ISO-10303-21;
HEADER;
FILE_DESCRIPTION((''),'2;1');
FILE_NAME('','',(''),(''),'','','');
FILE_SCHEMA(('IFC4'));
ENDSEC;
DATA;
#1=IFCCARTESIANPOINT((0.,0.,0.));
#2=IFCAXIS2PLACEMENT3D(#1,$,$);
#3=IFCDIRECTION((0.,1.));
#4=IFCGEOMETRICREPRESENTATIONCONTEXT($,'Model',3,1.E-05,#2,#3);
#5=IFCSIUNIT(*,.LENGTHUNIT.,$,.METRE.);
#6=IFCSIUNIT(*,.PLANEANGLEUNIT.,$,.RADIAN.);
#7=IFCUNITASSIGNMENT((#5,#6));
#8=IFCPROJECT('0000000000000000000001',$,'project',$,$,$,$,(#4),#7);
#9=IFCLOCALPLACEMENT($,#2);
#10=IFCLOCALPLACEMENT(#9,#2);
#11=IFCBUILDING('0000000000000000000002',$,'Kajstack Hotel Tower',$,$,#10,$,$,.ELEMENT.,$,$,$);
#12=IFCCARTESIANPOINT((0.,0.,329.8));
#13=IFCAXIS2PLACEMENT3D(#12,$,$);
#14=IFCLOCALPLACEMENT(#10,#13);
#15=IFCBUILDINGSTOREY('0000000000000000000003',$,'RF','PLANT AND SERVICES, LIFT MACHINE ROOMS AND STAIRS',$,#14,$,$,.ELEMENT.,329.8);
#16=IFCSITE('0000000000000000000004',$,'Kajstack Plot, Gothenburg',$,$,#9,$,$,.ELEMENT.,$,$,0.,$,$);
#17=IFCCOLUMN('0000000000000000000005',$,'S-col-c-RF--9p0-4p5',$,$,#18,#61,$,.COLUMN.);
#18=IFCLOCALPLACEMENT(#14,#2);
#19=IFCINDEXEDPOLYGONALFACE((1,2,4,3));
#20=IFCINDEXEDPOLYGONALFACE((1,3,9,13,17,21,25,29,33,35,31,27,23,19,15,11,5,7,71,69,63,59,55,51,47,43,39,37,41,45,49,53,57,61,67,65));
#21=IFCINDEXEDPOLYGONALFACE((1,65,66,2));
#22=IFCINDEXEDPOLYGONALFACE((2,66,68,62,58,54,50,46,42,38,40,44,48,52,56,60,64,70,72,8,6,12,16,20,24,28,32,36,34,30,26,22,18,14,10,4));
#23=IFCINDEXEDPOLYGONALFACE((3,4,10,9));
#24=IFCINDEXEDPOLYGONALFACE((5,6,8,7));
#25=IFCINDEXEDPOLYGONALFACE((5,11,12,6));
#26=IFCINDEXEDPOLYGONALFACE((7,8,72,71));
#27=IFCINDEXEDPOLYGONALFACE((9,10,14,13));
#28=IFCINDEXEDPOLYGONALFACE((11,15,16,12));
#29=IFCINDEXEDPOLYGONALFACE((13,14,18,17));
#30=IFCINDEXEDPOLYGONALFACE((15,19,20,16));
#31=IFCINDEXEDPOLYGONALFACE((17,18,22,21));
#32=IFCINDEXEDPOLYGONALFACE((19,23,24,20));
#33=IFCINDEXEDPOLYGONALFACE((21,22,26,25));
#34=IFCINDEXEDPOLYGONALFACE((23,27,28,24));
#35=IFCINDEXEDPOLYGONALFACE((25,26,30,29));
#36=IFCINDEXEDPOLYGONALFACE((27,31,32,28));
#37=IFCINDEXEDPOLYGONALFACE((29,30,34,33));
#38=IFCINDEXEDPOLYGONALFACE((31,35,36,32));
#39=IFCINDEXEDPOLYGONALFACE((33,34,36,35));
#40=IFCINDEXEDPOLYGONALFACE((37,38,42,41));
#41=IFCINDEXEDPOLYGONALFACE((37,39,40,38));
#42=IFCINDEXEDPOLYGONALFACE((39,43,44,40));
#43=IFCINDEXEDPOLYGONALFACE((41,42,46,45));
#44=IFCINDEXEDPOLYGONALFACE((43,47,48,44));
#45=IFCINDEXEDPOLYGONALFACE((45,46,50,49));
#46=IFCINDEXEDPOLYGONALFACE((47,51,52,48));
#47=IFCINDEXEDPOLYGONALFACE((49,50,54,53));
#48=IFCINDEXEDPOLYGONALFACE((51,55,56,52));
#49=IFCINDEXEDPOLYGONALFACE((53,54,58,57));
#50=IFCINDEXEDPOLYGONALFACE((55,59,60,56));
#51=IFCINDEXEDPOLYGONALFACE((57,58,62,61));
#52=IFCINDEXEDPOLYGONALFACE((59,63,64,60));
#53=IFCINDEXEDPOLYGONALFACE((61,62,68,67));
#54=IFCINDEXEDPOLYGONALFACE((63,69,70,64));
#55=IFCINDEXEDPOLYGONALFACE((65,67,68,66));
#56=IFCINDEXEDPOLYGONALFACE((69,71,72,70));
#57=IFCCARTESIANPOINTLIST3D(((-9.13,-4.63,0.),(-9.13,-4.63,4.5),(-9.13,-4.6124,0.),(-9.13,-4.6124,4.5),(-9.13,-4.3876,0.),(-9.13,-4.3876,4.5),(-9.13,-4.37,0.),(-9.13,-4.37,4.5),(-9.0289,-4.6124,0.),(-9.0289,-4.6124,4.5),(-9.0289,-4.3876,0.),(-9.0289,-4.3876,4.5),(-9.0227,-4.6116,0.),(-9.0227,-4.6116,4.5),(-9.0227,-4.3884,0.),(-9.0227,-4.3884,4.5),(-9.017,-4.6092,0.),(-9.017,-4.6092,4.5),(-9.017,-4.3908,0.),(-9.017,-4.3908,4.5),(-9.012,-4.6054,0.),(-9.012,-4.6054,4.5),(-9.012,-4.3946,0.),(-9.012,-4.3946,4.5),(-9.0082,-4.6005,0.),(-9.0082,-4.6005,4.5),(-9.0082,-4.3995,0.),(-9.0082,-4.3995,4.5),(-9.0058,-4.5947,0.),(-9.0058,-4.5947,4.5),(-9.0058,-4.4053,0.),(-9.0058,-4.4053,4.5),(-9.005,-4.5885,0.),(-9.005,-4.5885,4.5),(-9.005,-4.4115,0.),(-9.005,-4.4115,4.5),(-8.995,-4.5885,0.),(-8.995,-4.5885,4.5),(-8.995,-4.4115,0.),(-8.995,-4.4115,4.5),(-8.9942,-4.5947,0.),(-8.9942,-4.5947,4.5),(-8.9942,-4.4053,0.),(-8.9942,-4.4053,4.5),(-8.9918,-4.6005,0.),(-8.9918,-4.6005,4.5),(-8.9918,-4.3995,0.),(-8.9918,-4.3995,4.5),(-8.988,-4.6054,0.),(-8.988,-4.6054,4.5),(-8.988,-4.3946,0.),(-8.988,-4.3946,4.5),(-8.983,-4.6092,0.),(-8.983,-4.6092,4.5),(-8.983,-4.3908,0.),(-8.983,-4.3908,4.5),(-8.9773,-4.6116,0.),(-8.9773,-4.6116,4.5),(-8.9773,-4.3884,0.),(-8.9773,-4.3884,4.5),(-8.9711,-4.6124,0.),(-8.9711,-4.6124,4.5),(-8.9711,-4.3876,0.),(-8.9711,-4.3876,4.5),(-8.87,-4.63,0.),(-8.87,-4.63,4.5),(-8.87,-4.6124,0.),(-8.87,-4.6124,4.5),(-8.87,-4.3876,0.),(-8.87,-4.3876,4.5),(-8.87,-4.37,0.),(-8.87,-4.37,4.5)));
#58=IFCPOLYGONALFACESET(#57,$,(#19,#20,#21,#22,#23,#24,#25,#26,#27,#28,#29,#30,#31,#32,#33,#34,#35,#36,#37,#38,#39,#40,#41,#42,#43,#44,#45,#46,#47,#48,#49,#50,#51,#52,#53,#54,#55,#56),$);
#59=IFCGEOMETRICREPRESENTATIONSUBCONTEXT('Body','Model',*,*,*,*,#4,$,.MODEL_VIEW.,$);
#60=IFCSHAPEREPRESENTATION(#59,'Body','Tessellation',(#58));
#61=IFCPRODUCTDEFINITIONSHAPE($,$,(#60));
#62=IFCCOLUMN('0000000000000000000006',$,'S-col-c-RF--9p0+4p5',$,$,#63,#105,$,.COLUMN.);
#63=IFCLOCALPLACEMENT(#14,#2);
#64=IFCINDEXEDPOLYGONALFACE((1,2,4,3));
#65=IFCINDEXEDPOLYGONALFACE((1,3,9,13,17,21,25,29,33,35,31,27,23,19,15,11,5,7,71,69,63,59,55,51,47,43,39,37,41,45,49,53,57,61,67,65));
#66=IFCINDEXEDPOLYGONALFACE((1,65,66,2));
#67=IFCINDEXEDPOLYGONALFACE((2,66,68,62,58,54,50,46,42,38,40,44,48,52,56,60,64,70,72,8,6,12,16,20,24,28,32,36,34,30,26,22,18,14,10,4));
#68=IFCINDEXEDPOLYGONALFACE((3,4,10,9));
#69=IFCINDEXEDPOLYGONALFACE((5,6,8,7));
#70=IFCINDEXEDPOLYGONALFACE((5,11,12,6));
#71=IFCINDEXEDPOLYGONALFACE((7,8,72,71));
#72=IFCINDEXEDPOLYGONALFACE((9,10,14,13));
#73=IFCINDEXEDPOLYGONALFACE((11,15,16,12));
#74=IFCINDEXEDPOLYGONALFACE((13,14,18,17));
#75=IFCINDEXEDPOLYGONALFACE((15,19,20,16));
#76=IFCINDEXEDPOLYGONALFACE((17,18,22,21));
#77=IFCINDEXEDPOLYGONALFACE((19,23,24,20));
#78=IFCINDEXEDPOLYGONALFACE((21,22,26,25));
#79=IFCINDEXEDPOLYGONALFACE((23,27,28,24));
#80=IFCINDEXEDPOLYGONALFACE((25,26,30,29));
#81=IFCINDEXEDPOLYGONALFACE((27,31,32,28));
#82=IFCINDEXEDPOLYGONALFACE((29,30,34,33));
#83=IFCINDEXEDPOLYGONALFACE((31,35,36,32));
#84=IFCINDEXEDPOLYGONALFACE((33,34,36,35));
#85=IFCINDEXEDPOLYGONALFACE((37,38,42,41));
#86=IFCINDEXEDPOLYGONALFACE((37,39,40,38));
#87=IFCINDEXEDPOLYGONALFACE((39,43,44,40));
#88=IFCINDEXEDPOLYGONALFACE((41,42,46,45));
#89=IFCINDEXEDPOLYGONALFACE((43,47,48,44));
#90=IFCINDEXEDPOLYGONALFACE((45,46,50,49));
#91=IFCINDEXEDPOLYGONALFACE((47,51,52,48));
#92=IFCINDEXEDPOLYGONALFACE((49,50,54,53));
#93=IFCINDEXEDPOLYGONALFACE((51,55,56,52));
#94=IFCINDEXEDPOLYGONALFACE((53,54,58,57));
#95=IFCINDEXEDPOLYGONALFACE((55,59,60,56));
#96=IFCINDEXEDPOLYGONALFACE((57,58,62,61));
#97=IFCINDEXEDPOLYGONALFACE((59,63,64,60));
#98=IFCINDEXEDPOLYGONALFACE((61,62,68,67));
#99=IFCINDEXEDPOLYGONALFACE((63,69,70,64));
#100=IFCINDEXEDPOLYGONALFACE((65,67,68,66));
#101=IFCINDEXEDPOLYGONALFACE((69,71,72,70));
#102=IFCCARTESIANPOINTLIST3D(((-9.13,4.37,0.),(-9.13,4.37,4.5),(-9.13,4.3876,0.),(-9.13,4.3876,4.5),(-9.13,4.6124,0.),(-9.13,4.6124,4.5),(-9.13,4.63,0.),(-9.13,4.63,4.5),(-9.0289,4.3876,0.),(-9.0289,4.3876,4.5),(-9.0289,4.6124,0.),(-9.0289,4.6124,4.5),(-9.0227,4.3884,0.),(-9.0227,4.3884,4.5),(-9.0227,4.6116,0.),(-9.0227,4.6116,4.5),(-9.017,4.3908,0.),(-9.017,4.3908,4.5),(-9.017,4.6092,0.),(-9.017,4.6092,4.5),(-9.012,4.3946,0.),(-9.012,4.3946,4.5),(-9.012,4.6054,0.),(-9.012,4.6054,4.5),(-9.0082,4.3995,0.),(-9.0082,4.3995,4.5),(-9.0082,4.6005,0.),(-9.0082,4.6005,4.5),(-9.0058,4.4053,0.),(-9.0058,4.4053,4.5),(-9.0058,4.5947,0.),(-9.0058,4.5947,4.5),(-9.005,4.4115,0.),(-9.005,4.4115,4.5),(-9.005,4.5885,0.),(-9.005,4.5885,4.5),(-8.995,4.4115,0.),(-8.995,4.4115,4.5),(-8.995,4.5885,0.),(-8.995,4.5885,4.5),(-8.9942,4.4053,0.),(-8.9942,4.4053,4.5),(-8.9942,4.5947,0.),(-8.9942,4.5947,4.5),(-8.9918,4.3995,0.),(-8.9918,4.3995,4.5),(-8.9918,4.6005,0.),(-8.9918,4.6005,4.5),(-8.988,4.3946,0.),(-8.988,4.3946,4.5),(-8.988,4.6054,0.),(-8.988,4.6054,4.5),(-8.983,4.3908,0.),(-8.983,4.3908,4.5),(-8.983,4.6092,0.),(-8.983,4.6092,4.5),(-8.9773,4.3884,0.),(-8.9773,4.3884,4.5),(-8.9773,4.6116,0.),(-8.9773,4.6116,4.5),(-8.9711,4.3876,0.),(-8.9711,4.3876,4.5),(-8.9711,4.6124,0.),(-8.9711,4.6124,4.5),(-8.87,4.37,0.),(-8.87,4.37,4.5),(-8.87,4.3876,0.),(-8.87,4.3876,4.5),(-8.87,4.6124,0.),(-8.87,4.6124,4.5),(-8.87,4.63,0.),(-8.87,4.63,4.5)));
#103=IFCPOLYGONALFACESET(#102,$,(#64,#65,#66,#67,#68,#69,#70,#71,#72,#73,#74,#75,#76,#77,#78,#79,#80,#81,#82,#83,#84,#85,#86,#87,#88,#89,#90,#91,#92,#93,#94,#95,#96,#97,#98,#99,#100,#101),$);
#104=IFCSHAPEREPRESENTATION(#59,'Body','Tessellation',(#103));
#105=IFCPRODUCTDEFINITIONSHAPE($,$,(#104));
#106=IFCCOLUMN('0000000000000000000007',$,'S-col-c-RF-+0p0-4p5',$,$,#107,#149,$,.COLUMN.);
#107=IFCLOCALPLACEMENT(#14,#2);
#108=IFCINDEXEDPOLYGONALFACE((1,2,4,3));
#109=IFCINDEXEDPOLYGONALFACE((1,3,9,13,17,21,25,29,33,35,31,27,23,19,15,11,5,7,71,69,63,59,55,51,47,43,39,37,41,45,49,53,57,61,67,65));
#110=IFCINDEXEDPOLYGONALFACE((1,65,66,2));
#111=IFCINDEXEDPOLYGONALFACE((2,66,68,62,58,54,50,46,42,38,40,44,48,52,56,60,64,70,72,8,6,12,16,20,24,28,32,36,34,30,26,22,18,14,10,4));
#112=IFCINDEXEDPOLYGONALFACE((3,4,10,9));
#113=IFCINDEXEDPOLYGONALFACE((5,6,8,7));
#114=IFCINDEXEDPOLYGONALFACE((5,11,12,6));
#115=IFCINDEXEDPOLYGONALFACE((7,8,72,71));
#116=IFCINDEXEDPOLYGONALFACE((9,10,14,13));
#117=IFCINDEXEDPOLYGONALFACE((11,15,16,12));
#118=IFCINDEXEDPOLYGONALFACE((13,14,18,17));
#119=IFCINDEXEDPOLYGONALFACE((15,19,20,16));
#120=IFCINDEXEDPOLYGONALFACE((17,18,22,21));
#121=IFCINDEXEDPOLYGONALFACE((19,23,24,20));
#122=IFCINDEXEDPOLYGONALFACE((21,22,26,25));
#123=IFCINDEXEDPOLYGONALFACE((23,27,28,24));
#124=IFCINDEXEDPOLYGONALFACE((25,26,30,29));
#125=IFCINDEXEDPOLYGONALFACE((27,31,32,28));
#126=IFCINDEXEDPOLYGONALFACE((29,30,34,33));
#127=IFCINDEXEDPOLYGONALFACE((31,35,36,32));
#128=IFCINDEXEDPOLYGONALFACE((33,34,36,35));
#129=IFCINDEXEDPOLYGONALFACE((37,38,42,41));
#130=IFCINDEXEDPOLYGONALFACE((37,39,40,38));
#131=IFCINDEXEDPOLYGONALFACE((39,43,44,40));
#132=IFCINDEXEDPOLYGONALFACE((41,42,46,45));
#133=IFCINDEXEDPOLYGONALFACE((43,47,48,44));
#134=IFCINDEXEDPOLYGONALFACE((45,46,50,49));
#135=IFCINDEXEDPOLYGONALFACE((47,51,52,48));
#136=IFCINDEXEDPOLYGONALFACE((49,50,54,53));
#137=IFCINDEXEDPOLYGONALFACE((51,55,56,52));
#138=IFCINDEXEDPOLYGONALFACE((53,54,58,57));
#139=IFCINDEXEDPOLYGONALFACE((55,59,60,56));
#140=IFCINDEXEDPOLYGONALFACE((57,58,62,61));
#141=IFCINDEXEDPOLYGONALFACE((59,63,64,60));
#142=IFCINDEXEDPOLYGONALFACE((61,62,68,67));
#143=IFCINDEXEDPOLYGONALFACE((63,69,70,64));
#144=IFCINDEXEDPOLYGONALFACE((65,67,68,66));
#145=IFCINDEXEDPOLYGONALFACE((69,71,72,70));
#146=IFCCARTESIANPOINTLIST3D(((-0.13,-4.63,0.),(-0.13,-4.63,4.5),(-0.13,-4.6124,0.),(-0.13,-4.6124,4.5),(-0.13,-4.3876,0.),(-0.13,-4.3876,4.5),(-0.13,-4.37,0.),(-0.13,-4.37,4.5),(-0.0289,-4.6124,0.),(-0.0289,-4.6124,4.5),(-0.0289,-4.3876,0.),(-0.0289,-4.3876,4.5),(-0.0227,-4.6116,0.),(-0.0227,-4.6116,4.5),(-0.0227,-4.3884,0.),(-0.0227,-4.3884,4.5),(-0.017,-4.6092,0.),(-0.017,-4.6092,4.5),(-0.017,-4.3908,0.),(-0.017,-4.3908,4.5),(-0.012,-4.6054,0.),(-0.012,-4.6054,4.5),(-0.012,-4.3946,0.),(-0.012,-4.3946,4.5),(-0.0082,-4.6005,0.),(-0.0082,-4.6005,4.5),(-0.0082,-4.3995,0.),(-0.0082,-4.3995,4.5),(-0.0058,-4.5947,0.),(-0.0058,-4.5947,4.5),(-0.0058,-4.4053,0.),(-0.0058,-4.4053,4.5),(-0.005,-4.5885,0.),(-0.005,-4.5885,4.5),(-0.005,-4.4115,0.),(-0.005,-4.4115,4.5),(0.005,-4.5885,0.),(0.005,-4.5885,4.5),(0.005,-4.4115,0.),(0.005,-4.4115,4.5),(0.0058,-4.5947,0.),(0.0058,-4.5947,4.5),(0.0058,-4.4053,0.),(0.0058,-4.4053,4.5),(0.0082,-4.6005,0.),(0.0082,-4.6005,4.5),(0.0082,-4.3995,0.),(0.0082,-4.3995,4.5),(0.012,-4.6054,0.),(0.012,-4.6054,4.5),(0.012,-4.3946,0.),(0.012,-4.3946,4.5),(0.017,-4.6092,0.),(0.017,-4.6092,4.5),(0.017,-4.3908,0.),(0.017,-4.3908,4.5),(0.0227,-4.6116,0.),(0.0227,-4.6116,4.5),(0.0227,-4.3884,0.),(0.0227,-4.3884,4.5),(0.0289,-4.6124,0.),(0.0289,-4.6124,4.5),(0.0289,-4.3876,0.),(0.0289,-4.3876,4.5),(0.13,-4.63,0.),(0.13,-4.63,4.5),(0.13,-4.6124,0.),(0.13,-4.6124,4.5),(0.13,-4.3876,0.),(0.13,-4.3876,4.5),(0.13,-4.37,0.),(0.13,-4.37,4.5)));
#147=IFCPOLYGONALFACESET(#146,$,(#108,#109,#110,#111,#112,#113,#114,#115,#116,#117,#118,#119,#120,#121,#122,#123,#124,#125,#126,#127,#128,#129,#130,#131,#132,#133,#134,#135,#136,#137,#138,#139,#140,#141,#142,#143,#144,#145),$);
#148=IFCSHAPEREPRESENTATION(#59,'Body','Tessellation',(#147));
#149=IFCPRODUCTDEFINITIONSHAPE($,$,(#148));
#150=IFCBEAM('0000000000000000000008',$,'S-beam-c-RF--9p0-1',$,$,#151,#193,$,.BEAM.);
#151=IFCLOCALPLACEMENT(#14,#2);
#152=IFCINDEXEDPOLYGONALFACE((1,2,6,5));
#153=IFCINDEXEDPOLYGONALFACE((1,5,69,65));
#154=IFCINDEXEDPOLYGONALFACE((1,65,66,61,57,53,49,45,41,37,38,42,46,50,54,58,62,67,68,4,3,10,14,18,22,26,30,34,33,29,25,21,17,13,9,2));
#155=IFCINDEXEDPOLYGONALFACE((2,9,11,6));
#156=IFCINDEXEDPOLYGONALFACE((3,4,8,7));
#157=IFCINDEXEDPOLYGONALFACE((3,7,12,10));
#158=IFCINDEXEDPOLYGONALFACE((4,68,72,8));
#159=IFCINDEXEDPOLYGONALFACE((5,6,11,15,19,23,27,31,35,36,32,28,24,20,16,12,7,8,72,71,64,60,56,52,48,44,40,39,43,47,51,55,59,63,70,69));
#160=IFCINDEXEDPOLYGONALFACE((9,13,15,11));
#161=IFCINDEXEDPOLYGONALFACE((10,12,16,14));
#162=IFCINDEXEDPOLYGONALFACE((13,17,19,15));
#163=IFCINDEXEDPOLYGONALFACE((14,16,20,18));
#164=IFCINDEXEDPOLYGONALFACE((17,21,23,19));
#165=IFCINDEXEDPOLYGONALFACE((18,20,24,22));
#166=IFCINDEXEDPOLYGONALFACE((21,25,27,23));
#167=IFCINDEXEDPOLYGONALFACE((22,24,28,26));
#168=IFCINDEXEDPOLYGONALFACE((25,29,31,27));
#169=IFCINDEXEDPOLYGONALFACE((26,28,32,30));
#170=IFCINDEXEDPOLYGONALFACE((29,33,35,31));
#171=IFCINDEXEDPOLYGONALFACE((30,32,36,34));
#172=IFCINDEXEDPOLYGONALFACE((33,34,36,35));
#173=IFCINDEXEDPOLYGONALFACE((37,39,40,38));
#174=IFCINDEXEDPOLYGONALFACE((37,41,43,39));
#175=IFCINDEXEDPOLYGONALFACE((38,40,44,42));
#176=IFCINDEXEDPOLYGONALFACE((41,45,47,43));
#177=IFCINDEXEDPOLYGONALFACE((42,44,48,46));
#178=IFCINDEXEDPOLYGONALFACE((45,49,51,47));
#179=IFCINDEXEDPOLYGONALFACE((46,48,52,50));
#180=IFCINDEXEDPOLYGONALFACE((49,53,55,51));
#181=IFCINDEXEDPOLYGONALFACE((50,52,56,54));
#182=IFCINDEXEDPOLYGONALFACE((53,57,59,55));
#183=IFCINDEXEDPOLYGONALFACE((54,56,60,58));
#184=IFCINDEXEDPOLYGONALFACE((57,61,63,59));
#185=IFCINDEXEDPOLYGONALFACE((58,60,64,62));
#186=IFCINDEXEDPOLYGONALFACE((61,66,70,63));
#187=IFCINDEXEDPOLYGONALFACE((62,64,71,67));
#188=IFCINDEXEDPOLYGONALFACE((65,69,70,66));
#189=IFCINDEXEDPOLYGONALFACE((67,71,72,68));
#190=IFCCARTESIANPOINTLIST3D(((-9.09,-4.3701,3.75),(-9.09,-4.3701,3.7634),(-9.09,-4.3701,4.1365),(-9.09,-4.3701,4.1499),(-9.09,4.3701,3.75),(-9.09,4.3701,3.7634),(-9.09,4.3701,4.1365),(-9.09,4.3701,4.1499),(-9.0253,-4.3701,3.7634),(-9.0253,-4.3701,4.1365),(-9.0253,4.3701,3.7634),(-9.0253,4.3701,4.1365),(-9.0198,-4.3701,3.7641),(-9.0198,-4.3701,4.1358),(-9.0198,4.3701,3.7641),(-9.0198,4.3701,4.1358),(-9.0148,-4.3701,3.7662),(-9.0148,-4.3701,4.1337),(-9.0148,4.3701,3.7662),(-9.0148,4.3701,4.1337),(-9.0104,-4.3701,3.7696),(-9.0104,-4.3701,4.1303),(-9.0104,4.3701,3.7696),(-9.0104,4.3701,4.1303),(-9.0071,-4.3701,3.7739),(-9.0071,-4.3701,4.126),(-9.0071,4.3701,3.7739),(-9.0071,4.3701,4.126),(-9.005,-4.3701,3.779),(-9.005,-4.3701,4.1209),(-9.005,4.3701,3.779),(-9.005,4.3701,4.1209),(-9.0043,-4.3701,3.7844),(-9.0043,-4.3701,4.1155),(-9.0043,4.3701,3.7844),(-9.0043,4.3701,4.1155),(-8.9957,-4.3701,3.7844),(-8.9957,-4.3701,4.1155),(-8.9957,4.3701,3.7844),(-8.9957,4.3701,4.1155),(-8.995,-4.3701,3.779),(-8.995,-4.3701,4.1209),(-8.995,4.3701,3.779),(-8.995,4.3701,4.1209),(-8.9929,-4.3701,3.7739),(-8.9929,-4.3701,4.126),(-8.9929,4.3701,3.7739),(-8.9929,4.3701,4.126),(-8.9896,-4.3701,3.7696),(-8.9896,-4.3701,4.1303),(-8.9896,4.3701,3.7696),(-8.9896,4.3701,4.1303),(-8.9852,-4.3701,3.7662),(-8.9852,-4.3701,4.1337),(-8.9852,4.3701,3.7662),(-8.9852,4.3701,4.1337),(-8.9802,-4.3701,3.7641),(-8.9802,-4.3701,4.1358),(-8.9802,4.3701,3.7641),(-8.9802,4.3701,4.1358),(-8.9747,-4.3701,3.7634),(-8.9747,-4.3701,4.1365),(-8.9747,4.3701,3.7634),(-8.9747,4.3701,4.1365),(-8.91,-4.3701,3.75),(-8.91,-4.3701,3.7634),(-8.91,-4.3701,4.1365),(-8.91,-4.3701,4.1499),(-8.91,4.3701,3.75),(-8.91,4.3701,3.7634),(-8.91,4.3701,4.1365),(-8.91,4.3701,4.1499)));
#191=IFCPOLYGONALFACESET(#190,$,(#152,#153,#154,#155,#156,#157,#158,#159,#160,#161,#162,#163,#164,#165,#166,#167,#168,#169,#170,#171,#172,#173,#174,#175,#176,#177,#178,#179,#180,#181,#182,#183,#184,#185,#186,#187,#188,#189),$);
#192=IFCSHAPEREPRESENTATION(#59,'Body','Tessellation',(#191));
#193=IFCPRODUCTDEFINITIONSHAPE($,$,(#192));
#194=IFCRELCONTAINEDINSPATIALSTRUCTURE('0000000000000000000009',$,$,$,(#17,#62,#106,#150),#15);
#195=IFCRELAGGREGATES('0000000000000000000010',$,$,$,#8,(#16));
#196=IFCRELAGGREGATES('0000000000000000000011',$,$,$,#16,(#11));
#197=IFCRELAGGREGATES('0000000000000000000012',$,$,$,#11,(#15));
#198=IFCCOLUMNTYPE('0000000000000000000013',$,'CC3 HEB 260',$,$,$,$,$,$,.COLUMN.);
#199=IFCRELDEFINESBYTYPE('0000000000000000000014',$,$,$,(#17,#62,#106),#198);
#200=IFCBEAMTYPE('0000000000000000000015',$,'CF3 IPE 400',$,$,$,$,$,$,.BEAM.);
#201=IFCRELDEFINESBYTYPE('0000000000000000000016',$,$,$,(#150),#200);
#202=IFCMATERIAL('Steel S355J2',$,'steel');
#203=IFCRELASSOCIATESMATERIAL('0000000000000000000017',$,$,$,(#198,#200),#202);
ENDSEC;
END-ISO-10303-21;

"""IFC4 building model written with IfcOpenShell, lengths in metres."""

from ifc_helpers import new_model, si_unit, direction, frame, origin, origin_2d, place, context, subcontext, project, spatial, i_section, extrude, material, material_profile, profile_set, type_object, element, save


model = new_model("IFC4")

# Units and contexts
model_context = context("Model", 3, precision=1e-05, world=origin(), true_north=direction((0.0, 1.0)))
body_context = subcontext(model_context, "Body", "Model", "MODEL_VIEW")
ifc_project = project(units=[si_unit("LENGTHUNIT", "METRE"), si_unit("PLANEANGLEUNIT", "RADIAN")], contexts=[model_context])

# Site, building, storey
site_placement = place(None, origin())
site = spatial("IfcSite", under=ifc_project, at=site_placement, Name="Kajstack Plot, Gothenburg", CompositionType="ELEMENT", RefElevation=0.0)
building_placement = place(site_placement, origin())
building = spatial("IfcBuilding", under=site, at=building_placement, Name="Kajstack Hotel Tower", CompositionType="ELEMENT")
storey_placement = place(building_placement, frame((0.0, 0.0, 329.8)))
storey = spatial("IfcBuildingStorey", under=building, at=storey_placement, Name="RF", Description="PLANT AND SERVICES, LIFT MACHINE ROOMS AND STAIRS", CompositionType="ELEMENT", Elevation=329.8)

# Columns
ifc_material_1 = material(Name="Steel S355J2", Category="steel")
ifc_material_profile_1 = material_profile(ifc_material_1, i_section(OverallWidth=0.26, OverallDepth=0.26, WebThickness=0.01, FlangeThickness=0.0176, FilletRadius=0.0239, at=origin_2d()), Name="HEB 260")
ifc_profile_set_1 = profile_set([ifc_material_profile_1], Name="Steel S355J2")
column_type = type_object("IfcColumnType", Name="CC3 HEB 260", PredefinedType="COLUMN", material=ifc_profile_set_1)
for number, where, z_axis, x_axis, name in (
    (1, (-9.0, -4.5, 0.0), (0.0, 0.0, 1.0), (1.0, 0.0, 0.0), "S-col-c-RF--9p0-4p5"),
    (2, (-9.0, 4.5, 0.0), (0.0, 0.0, 1.0), (1.0, 0.0, 0.0), "S-col-c-RF--9p0+4p5"),
    (3, (0.0, -4.5, 0.0), (0.0, 0.0, 1.0), (1.0, 0.0, 0.0), "S-col-c-RF-+0p0-4p5"),
):
    element("IfcColumn", number, at=place(storey_placement, frame(where, z_axis=z_axis, x_axis=x_axis)), inside=storey, type_object=column_type, Name=name, PredefinedType="COLUMN", context=body_context, shape_type="SweptSolid", body=[
        extrude(i_section(OverallWidth=0.26, OverallDepth=0.26, WebThickness=0.01, FlangeThickness=0.0176, FilletRadius=0.0239, at=origin_2d()), origin(), (0.0, 0.0, 1.0), 4.5),
    ])

# Beam
ifc_material_profile_2 = material_profile(ifc_material_1, i_section(OverallWidth=0.1799, OverallDepth=0.3999, WebThickness=0.0085, FlangeThickness=0.0134, FilletRadius=0.021, at=origin_2d()), Name="IPE 400")
ifc_profile_set_2 = profile_set([ifc_material_profile_2], Name="Steel S355J2")
beam_type = type_object("IfcBeamType", Name="CF3 IPE 400", PredefinedType="BEAM", material=ifc_profile_set_2)
beam_placement = place(storey_placement, frame((-9.0, -4.3701, 3.95), z_axis=(0.0, 1.0, 0.0), x_axis=(-1.0, 0.0, 0.0)))
element("IfcBeam", 4, at=beam_placement, inside=storey, type_object=beam_type, Name="S-beam-c-RF--9p0-1", PredefinedType="BEAM", context=body_context, shape_type="SweptSolid", body=[
    extrude(i_section(OverallWidth=0.1799, OverallDepth=0.3999, WebThickness=0.0085, FlangeThickness=0.0134, FilletRadius=0.021, at=origin_2d()), origin(), (0.0, 0.0, 1.0), 8.7402),
])

save(model, "model.ifc")
